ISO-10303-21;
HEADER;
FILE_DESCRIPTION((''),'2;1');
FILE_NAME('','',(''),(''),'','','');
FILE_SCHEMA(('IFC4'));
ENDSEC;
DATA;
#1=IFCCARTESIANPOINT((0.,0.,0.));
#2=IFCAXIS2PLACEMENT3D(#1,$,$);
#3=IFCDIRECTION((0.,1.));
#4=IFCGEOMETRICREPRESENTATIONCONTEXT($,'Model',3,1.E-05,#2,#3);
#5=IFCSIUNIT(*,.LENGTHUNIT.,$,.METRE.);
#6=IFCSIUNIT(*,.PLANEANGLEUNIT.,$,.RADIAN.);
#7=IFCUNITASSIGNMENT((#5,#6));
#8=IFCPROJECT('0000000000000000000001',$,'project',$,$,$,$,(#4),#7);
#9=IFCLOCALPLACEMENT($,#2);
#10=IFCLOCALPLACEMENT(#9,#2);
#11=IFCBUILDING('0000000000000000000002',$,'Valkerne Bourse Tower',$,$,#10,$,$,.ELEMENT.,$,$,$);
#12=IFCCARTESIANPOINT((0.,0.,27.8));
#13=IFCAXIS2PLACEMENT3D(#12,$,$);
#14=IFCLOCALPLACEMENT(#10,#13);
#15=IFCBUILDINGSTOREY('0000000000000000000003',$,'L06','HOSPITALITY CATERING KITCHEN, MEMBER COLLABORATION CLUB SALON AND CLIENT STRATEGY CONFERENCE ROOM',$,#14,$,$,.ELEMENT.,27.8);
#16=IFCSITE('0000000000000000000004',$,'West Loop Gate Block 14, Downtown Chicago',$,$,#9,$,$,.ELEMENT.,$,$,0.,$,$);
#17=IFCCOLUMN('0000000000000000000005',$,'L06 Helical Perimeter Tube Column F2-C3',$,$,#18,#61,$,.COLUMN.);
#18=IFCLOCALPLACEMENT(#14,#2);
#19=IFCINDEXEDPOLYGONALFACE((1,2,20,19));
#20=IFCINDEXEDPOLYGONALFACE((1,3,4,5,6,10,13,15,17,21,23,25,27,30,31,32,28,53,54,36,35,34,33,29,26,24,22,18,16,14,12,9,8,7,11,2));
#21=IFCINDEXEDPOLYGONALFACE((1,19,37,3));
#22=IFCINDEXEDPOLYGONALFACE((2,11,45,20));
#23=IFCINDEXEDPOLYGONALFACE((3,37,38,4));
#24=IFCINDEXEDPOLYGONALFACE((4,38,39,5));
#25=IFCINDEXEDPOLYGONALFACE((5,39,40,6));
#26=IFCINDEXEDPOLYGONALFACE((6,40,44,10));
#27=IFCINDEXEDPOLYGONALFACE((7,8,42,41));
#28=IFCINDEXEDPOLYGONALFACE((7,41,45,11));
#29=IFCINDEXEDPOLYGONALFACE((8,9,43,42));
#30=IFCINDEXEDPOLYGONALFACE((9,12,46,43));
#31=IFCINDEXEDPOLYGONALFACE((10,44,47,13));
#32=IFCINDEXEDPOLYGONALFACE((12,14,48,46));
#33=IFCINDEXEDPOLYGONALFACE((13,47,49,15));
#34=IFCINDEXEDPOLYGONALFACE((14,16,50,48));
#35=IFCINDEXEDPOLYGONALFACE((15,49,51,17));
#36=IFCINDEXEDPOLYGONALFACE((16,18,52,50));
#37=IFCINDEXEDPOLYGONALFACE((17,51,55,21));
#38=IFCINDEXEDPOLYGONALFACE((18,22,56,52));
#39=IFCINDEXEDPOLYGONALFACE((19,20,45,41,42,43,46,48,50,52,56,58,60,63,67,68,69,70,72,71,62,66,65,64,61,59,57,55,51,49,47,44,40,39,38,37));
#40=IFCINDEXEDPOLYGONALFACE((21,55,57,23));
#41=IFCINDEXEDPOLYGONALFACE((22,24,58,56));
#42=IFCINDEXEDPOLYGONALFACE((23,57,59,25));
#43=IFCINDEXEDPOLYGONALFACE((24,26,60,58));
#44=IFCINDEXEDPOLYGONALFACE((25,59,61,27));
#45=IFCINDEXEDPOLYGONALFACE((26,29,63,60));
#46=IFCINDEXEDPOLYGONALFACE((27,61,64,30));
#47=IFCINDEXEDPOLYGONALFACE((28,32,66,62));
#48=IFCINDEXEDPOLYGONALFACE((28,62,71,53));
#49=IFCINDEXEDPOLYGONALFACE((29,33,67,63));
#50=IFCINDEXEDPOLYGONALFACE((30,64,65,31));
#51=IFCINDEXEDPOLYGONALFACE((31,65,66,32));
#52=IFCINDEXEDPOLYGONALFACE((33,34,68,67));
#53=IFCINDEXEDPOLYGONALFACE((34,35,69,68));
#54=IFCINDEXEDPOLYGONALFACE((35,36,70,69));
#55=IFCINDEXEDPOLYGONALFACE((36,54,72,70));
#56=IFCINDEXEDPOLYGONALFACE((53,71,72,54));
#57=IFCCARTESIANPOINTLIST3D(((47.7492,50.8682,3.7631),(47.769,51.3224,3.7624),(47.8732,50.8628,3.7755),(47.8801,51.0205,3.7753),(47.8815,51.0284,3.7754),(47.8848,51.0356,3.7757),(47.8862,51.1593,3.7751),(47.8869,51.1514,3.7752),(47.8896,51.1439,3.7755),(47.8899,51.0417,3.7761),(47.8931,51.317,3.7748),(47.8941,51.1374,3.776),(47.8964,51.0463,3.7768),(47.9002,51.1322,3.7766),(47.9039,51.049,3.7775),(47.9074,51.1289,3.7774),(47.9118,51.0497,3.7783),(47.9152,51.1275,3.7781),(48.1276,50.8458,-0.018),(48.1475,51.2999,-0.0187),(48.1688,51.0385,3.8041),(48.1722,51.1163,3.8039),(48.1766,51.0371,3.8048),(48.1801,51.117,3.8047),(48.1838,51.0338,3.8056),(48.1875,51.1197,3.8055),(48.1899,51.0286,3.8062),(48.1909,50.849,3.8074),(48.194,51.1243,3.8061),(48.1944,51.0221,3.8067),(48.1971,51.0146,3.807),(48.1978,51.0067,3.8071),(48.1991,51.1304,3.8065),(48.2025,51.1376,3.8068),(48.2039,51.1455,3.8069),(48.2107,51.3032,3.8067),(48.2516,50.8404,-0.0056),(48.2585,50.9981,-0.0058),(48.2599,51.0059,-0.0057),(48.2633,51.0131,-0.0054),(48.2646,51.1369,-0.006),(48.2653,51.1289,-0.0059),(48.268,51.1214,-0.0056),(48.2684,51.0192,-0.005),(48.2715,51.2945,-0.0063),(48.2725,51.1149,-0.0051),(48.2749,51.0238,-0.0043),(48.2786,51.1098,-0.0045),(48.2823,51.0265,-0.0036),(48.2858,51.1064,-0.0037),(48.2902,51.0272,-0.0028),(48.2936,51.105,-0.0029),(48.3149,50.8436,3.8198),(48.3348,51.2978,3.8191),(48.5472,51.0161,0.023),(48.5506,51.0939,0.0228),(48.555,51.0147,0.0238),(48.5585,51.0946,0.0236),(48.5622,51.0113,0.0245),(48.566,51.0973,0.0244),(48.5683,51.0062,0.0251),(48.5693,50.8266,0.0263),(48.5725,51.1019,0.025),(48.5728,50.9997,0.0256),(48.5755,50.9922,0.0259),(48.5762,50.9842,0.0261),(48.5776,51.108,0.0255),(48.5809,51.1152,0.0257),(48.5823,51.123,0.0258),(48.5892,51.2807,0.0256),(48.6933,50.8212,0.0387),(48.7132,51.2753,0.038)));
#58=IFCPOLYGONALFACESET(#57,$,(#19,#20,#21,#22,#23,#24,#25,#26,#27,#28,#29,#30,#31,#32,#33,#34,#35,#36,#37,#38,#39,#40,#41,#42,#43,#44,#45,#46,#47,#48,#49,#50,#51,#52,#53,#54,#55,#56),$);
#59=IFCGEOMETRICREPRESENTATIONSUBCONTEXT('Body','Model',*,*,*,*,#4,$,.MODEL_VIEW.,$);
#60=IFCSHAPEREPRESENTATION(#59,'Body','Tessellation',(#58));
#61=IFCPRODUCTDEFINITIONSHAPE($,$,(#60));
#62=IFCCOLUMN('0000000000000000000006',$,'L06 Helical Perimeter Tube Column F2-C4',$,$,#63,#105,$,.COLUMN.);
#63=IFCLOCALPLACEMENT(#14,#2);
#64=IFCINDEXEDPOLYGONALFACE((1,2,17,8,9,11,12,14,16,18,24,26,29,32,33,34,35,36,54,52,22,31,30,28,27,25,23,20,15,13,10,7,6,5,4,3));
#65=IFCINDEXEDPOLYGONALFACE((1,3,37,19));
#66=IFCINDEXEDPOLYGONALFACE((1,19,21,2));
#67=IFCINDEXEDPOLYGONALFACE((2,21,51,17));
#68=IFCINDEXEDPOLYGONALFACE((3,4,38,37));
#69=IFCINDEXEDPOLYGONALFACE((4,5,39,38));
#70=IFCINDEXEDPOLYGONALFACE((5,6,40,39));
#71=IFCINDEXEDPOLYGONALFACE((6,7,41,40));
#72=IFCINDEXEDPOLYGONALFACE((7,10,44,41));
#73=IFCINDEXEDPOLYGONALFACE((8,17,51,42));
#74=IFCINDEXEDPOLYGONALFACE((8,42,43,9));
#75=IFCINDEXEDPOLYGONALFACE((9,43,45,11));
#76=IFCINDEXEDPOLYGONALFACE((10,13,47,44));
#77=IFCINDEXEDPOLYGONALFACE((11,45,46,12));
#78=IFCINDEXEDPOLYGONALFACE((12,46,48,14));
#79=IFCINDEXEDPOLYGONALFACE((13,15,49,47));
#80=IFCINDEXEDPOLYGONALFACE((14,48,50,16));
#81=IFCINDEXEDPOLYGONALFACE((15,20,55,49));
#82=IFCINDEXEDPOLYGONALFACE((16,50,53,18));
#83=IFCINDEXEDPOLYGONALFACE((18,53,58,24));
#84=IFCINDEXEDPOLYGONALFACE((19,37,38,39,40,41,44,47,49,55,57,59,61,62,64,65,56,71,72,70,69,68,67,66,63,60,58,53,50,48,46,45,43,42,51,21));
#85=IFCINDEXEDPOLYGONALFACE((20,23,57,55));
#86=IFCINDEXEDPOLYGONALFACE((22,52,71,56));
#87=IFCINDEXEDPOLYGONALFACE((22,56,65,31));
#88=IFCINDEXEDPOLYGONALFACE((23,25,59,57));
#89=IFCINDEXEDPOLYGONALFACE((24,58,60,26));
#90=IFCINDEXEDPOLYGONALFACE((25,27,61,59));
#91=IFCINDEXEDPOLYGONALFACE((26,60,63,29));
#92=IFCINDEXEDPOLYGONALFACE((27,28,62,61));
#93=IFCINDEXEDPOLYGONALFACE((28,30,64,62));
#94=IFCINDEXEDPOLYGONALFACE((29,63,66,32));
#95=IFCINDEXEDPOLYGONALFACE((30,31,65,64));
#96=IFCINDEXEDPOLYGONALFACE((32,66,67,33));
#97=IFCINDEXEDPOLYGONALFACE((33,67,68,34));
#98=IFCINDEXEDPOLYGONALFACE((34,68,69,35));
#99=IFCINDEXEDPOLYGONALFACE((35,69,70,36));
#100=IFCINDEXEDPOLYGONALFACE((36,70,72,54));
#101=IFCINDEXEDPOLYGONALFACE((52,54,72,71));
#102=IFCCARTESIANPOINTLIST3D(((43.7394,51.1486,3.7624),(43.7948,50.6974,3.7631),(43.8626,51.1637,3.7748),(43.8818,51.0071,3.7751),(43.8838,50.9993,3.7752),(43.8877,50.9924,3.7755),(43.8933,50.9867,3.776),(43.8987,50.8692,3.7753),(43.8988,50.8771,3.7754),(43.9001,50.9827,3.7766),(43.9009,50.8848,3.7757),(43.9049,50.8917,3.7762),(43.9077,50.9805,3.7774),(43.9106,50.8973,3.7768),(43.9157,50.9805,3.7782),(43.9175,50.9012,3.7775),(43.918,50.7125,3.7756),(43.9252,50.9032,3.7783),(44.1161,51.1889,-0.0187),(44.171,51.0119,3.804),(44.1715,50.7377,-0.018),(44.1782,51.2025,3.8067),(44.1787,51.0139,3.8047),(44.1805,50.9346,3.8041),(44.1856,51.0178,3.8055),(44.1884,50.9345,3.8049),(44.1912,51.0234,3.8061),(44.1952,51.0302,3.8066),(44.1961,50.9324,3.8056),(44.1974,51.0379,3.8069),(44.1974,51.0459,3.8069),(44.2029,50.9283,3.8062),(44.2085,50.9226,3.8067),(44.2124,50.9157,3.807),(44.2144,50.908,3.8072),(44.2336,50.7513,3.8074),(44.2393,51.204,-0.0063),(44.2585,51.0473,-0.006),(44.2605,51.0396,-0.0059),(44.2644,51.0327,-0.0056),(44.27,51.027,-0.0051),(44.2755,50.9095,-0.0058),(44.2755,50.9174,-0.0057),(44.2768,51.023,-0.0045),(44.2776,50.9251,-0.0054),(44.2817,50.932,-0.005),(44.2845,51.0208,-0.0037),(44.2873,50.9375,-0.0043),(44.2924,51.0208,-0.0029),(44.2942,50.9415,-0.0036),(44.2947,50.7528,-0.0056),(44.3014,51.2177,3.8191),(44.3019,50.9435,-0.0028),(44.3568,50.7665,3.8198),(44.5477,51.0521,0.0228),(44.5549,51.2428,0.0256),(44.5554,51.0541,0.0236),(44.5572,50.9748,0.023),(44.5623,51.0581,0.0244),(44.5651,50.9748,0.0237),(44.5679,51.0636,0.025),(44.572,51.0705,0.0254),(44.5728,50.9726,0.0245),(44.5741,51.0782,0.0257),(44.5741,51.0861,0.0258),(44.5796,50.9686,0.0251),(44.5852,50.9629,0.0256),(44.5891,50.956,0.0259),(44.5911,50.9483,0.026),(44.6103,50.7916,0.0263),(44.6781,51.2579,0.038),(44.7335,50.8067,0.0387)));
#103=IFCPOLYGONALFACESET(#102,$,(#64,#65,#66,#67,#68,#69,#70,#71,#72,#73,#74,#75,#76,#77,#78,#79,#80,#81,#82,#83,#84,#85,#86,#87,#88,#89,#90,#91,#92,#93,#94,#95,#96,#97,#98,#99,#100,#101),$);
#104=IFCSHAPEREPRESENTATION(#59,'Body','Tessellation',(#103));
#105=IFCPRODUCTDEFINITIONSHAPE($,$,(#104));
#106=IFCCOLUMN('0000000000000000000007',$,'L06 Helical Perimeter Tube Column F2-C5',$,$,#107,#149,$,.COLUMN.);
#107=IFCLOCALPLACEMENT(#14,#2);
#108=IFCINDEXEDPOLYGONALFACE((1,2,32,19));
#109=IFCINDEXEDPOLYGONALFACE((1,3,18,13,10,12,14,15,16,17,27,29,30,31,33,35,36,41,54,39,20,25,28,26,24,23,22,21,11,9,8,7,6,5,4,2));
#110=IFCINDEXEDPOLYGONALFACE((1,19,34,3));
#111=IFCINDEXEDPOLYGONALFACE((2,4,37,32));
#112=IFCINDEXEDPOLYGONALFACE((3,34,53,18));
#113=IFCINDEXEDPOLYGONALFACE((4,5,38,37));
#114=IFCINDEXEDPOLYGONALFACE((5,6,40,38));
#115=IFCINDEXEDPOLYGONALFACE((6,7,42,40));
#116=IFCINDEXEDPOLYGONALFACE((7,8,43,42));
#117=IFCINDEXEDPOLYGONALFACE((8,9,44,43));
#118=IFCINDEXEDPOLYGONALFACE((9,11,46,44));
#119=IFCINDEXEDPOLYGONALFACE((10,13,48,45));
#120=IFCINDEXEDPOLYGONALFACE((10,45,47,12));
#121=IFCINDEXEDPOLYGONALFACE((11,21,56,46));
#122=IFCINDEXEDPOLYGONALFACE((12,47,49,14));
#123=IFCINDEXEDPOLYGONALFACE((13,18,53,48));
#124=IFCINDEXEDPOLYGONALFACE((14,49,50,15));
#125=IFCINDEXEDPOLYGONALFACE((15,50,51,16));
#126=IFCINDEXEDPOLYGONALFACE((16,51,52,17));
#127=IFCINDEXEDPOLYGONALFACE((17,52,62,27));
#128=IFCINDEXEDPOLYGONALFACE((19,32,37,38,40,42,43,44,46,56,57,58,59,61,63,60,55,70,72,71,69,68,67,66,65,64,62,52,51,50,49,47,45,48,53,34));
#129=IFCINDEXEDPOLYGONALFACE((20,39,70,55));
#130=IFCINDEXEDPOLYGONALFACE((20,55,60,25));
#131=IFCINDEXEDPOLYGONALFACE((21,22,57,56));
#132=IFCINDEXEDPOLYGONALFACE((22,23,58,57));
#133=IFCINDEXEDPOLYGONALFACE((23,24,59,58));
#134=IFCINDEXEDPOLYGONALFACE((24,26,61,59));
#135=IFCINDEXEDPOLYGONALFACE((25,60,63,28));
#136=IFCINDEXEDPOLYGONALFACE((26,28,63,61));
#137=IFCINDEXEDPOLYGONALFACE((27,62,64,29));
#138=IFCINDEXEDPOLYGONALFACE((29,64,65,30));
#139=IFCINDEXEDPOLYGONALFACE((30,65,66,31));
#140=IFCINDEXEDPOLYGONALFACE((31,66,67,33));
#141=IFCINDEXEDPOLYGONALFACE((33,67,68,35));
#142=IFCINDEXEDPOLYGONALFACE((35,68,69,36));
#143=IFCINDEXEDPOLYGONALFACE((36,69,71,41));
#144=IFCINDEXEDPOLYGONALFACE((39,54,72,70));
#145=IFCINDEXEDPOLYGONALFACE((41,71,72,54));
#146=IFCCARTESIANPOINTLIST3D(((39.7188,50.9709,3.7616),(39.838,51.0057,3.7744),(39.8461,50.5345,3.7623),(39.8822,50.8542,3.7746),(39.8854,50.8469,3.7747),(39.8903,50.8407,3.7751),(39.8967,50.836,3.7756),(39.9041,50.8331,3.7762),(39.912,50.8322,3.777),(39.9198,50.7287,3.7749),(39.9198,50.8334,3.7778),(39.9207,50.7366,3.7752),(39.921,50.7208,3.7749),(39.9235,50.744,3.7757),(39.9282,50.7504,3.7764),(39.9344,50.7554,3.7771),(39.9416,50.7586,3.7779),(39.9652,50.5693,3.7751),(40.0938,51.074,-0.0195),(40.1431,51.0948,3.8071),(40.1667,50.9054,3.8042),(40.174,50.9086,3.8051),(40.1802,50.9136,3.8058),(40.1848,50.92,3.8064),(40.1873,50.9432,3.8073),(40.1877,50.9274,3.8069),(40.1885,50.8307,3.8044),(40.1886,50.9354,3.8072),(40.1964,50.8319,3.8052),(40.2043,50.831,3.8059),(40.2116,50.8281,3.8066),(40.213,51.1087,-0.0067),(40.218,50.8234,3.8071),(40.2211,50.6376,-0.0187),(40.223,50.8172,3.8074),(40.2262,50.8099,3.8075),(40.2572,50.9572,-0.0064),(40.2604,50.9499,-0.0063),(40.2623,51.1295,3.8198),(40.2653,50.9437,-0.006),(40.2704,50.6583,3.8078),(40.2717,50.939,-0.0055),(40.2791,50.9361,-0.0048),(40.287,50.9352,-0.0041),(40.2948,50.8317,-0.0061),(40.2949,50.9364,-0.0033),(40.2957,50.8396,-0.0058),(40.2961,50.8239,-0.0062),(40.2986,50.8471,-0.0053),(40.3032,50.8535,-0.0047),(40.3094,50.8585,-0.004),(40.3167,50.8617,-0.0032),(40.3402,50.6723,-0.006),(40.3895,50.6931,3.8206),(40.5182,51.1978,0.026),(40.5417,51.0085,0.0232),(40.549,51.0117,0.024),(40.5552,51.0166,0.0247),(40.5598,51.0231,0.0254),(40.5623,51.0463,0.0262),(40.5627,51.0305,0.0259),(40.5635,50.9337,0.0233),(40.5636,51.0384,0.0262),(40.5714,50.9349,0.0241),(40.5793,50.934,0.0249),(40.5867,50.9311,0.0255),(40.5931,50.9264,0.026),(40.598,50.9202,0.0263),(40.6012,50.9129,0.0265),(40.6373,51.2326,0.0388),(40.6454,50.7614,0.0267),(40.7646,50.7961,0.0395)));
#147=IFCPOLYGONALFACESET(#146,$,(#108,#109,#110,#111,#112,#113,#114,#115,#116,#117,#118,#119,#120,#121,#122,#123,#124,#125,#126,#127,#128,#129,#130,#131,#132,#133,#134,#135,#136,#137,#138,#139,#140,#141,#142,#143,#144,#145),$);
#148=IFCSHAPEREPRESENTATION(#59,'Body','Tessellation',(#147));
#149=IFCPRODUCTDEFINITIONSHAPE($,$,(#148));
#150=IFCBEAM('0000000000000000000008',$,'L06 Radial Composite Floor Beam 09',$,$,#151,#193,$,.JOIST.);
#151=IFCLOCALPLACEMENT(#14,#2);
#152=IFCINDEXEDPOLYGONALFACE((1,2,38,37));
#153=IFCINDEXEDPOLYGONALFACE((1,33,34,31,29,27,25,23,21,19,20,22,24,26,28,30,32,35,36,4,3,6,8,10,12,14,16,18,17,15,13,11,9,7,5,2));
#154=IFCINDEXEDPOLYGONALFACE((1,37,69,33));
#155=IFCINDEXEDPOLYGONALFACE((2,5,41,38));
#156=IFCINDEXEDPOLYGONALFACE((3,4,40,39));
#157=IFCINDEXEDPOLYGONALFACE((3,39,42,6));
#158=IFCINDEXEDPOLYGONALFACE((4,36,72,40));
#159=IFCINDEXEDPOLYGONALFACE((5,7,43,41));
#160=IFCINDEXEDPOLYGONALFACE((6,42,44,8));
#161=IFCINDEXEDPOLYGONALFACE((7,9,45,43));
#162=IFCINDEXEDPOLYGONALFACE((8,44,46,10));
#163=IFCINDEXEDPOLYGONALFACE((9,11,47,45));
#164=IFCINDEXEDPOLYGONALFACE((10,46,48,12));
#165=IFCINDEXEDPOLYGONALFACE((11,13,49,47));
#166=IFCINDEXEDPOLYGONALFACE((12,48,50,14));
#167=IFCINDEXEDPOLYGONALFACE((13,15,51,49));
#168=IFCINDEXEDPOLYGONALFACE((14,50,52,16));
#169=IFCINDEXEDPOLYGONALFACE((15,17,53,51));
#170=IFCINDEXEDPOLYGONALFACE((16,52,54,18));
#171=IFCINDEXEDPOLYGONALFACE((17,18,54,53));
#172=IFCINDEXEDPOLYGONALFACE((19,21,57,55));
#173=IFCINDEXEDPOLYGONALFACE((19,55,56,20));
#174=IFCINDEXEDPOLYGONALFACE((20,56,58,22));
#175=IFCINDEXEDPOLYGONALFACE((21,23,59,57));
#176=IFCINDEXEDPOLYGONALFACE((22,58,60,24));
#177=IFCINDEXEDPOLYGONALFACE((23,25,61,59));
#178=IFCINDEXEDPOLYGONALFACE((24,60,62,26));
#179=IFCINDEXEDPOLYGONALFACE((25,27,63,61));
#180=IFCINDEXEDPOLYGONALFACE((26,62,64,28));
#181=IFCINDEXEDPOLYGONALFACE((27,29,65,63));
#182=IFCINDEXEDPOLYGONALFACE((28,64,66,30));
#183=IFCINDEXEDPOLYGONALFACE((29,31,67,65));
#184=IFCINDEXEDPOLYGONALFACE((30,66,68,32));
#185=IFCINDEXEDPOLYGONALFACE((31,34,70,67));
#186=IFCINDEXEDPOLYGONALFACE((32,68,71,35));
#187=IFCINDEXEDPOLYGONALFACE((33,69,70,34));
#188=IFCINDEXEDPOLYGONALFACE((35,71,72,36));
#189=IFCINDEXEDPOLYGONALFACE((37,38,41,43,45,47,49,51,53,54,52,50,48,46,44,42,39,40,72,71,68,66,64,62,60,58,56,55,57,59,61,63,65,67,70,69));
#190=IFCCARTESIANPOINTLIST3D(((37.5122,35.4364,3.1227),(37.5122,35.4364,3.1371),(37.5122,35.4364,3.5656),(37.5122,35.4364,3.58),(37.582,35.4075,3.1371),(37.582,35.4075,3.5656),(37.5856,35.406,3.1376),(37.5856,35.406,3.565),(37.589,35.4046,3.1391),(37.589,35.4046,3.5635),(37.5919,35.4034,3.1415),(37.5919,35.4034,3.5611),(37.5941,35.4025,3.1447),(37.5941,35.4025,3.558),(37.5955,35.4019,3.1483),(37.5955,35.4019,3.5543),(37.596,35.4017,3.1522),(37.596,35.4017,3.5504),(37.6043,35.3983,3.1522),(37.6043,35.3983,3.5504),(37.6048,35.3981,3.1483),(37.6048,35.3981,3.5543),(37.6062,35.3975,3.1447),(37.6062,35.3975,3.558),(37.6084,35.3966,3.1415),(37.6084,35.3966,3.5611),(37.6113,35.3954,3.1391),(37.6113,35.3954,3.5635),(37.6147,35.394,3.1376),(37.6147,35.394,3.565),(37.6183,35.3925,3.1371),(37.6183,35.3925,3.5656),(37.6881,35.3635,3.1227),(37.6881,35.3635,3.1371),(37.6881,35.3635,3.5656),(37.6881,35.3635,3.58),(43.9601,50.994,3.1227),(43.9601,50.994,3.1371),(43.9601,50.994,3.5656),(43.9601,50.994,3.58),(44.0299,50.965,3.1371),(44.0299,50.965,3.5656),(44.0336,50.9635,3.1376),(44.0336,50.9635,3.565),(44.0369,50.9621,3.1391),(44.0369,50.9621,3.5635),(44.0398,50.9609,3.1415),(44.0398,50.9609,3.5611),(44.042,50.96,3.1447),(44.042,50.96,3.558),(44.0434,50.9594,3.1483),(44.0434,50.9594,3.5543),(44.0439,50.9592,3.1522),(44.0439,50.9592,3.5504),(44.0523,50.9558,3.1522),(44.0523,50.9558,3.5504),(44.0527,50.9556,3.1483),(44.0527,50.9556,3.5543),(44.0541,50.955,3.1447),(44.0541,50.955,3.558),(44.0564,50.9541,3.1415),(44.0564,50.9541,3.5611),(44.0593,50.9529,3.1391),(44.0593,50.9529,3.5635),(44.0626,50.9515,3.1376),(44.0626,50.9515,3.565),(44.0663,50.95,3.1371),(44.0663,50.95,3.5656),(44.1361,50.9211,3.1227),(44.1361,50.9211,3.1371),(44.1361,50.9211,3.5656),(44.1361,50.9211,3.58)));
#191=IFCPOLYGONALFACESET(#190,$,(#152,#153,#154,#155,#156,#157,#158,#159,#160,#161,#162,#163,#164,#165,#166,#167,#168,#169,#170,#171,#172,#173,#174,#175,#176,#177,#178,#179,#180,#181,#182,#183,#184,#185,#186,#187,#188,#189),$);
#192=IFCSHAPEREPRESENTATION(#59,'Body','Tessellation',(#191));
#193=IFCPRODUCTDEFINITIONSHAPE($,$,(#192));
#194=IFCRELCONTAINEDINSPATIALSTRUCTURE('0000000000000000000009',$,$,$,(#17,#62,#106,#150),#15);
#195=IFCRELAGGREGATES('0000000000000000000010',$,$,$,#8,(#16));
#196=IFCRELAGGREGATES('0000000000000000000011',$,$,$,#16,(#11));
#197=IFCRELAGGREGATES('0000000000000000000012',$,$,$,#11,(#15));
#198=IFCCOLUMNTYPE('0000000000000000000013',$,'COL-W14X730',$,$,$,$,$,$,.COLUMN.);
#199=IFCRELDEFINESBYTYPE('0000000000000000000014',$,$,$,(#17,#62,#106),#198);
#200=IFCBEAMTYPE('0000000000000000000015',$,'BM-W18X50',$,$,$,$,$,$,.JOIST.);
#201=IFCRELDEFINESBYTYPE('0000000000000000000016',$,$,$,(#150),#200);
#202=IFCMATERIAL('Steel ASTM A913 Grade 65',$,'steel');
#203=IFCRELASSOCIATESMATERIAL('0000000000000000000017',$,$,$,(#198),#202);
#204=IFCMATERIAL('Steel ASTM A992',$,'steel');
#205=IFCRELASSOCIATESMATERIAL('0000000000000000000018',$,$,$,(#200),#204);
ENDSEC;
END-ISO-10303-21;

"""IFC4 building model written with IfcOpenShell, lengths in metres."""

from ifc_helpers import new_model, si_unit, direction, frame, origin, origin_2d, place, context, subcontext, project, spatial, i_section, extrude, material, material_profile, profile_set, type_object, element, save


model = new_model("IFC4")

# Units and contexts
model_context = context("Model", 3, precision=1e-05, world=origin(), true_north=direction((0.0, 1.0)))
body_context = subcontext(model_context, "Body", "Model", "MODEL_VIEW")
ifc_project = project(units=[si_unit("LENGTHUNIT", "METRE"), si_unit("PLANEANGLEUNIT", "RADIAN")], contexts=[model_context])

# Site, building, storey
site_placement = place(None, origin())
site = spatial("IfcSite", under=ifc_project, at=site_placement, Name="West Loop Gate Block 14, Downtown Chicago", CompositionType="ELEMENT", RefElevation=0.0)
building_placement = place(site_placement, origin())
building = spatial("IfcBuilding", under=site, at=building_placement, Name="Valkerne Bourse Tower", CompositionType="ELEMENT")
storey_placement = place(building_placement, frame((0.0, 0.0, 27.8)))
storey = spatial("IfcBuildingStorey", under=building, at=storey_placement, Name="L06", Description="HOSPITALITY CATERING KITCHEN, MEMBER COLLABORATION CLUB SALON AND CLIENT STRATEGY CONFERENCE ROOM", CompositionType="ELEMENT", Elevation=27.8)

# Columns
ifc_material_1 = material(Name="Steel ASTM A913 Grade 65", Category="steel")
ifc_material_profile_1 = material_profile(ifc_material_1, i_section(OverallWidth=0.4546, OverallDepth=0.5691, WebThickness=0.0779, FlangeThickness=0.1248, FilletRadius=0.0305, at=origin_2d()), Name="W14X730")
ifc_profile_set_1 = profile_set([ifc_material_profile_1], Name="Steel ASTM A913 Grade 65")
column_type = type_object("IfcColumnType", Name="COL-W14X730", PredefinedType="COLUMN", material=ifc_profile_set_1)
for number, where, z_axis, x_axis, name in (
    (1, (48.4204, 51.0605, 0.01), (-0.099585, 0.005911, 0.995012), (0.043642, 0.999046, -0.001567), "L06 Helical Perimeter Tube Column F2-C3"),
    (2, (44.4248, 50.9978, 0.01), (-0.099136, -0.010601, 0.995017), (-0.121856, 0.992547, -0.001566), "L06 Helical Perimeter Tube Column F2-C4"),
):
    element("IfcColumn", number, at=place(storey_placement, frame(where, z_axis=z_axis, x_axis=x_axis)), inside=storey, type_object=column_type, Name=name, PredefinedType="COLUMN", context=body_context, shape_type="SweptSolid", body=[
        extrude(i_section(OverallWidth=0.4546, OverallDepth=0.5691, WebThickness=0.0779, FlangeThickness=0.1248, FilletRadius=0.0305, at=origin_2d()), origin(), (0.0, 0.0, 1.0), 3.8),
    ])
column_placement = place(storey_placement, frame((40.4292, 50.9351, 0.01), z_axis=(-0.098659, -0.027106, 0.994752), x_axis=(-0.279957, 0.960011, -0.001607)))
element("IfcColumn", 3, at=column_placement, inside=storey, type_object=column_type, Name="L06 Helical Perimeter Tube Column F2-C5", PredefinedType="COLUMN", context=body_context, shape_type="SweptSolid", body=[
    extrude(i_section(OverallWidth=0.4546, OverallDepth=0.5691, WebThickness=0.0779, FlangeThickness=0.1248, FilletRadius=0.0305, at=origin_2d()), origin(), (0.0, 0.0, 1.0), 3.801),
])

# Beam
ifc_material_2 = material(Name="Steel ASTM A992", Category="steel")
ifc_material_profile_2 = material_profile(ifc_material_2, i_section(OverallWidth=0.1904, OverallDepth=0.4573, WebThickness=0.009, FlangeThickness=0.0144, FilletRadius=0.0151, at=origin_2d()), Name="W18X50")
ifc_profile_set_2 = profile_set([ifc_material_profile_2], Name="Steel ASTM A992")
beam_type_1 = type_object("IfcBeamType", Name="BM-W18X50", PredefinedType="JOIST", material=ifc_profile_set_2)
beam_1_placement = place(storey_placement, frame((44.0481, 50.9575, 3.3513), z_axis=(-0.382877, -0.923799, 0.0), x_axis=(0.923799, -0.382877, 0.0)))
element("IfcBeam", 4, at=beam_1_placement, inside=storey, type_object=beam_type_1, Name="L06 Radial Composite Floor Beam 09", PredefinedType="JOIST", context=body_context, shape_type="SweptSolid", body=[
    extrude(i_section(OverallWidth=0.1904, OverallDepth=0.4573, WebThickness=0.009, FlangeThickness=0.0144, FilletRadius=0.0151, at=origin_2d()), origin(), (0.0, 0.0, 1.0), 16.8408),
])

save(model, "model.ifc")
